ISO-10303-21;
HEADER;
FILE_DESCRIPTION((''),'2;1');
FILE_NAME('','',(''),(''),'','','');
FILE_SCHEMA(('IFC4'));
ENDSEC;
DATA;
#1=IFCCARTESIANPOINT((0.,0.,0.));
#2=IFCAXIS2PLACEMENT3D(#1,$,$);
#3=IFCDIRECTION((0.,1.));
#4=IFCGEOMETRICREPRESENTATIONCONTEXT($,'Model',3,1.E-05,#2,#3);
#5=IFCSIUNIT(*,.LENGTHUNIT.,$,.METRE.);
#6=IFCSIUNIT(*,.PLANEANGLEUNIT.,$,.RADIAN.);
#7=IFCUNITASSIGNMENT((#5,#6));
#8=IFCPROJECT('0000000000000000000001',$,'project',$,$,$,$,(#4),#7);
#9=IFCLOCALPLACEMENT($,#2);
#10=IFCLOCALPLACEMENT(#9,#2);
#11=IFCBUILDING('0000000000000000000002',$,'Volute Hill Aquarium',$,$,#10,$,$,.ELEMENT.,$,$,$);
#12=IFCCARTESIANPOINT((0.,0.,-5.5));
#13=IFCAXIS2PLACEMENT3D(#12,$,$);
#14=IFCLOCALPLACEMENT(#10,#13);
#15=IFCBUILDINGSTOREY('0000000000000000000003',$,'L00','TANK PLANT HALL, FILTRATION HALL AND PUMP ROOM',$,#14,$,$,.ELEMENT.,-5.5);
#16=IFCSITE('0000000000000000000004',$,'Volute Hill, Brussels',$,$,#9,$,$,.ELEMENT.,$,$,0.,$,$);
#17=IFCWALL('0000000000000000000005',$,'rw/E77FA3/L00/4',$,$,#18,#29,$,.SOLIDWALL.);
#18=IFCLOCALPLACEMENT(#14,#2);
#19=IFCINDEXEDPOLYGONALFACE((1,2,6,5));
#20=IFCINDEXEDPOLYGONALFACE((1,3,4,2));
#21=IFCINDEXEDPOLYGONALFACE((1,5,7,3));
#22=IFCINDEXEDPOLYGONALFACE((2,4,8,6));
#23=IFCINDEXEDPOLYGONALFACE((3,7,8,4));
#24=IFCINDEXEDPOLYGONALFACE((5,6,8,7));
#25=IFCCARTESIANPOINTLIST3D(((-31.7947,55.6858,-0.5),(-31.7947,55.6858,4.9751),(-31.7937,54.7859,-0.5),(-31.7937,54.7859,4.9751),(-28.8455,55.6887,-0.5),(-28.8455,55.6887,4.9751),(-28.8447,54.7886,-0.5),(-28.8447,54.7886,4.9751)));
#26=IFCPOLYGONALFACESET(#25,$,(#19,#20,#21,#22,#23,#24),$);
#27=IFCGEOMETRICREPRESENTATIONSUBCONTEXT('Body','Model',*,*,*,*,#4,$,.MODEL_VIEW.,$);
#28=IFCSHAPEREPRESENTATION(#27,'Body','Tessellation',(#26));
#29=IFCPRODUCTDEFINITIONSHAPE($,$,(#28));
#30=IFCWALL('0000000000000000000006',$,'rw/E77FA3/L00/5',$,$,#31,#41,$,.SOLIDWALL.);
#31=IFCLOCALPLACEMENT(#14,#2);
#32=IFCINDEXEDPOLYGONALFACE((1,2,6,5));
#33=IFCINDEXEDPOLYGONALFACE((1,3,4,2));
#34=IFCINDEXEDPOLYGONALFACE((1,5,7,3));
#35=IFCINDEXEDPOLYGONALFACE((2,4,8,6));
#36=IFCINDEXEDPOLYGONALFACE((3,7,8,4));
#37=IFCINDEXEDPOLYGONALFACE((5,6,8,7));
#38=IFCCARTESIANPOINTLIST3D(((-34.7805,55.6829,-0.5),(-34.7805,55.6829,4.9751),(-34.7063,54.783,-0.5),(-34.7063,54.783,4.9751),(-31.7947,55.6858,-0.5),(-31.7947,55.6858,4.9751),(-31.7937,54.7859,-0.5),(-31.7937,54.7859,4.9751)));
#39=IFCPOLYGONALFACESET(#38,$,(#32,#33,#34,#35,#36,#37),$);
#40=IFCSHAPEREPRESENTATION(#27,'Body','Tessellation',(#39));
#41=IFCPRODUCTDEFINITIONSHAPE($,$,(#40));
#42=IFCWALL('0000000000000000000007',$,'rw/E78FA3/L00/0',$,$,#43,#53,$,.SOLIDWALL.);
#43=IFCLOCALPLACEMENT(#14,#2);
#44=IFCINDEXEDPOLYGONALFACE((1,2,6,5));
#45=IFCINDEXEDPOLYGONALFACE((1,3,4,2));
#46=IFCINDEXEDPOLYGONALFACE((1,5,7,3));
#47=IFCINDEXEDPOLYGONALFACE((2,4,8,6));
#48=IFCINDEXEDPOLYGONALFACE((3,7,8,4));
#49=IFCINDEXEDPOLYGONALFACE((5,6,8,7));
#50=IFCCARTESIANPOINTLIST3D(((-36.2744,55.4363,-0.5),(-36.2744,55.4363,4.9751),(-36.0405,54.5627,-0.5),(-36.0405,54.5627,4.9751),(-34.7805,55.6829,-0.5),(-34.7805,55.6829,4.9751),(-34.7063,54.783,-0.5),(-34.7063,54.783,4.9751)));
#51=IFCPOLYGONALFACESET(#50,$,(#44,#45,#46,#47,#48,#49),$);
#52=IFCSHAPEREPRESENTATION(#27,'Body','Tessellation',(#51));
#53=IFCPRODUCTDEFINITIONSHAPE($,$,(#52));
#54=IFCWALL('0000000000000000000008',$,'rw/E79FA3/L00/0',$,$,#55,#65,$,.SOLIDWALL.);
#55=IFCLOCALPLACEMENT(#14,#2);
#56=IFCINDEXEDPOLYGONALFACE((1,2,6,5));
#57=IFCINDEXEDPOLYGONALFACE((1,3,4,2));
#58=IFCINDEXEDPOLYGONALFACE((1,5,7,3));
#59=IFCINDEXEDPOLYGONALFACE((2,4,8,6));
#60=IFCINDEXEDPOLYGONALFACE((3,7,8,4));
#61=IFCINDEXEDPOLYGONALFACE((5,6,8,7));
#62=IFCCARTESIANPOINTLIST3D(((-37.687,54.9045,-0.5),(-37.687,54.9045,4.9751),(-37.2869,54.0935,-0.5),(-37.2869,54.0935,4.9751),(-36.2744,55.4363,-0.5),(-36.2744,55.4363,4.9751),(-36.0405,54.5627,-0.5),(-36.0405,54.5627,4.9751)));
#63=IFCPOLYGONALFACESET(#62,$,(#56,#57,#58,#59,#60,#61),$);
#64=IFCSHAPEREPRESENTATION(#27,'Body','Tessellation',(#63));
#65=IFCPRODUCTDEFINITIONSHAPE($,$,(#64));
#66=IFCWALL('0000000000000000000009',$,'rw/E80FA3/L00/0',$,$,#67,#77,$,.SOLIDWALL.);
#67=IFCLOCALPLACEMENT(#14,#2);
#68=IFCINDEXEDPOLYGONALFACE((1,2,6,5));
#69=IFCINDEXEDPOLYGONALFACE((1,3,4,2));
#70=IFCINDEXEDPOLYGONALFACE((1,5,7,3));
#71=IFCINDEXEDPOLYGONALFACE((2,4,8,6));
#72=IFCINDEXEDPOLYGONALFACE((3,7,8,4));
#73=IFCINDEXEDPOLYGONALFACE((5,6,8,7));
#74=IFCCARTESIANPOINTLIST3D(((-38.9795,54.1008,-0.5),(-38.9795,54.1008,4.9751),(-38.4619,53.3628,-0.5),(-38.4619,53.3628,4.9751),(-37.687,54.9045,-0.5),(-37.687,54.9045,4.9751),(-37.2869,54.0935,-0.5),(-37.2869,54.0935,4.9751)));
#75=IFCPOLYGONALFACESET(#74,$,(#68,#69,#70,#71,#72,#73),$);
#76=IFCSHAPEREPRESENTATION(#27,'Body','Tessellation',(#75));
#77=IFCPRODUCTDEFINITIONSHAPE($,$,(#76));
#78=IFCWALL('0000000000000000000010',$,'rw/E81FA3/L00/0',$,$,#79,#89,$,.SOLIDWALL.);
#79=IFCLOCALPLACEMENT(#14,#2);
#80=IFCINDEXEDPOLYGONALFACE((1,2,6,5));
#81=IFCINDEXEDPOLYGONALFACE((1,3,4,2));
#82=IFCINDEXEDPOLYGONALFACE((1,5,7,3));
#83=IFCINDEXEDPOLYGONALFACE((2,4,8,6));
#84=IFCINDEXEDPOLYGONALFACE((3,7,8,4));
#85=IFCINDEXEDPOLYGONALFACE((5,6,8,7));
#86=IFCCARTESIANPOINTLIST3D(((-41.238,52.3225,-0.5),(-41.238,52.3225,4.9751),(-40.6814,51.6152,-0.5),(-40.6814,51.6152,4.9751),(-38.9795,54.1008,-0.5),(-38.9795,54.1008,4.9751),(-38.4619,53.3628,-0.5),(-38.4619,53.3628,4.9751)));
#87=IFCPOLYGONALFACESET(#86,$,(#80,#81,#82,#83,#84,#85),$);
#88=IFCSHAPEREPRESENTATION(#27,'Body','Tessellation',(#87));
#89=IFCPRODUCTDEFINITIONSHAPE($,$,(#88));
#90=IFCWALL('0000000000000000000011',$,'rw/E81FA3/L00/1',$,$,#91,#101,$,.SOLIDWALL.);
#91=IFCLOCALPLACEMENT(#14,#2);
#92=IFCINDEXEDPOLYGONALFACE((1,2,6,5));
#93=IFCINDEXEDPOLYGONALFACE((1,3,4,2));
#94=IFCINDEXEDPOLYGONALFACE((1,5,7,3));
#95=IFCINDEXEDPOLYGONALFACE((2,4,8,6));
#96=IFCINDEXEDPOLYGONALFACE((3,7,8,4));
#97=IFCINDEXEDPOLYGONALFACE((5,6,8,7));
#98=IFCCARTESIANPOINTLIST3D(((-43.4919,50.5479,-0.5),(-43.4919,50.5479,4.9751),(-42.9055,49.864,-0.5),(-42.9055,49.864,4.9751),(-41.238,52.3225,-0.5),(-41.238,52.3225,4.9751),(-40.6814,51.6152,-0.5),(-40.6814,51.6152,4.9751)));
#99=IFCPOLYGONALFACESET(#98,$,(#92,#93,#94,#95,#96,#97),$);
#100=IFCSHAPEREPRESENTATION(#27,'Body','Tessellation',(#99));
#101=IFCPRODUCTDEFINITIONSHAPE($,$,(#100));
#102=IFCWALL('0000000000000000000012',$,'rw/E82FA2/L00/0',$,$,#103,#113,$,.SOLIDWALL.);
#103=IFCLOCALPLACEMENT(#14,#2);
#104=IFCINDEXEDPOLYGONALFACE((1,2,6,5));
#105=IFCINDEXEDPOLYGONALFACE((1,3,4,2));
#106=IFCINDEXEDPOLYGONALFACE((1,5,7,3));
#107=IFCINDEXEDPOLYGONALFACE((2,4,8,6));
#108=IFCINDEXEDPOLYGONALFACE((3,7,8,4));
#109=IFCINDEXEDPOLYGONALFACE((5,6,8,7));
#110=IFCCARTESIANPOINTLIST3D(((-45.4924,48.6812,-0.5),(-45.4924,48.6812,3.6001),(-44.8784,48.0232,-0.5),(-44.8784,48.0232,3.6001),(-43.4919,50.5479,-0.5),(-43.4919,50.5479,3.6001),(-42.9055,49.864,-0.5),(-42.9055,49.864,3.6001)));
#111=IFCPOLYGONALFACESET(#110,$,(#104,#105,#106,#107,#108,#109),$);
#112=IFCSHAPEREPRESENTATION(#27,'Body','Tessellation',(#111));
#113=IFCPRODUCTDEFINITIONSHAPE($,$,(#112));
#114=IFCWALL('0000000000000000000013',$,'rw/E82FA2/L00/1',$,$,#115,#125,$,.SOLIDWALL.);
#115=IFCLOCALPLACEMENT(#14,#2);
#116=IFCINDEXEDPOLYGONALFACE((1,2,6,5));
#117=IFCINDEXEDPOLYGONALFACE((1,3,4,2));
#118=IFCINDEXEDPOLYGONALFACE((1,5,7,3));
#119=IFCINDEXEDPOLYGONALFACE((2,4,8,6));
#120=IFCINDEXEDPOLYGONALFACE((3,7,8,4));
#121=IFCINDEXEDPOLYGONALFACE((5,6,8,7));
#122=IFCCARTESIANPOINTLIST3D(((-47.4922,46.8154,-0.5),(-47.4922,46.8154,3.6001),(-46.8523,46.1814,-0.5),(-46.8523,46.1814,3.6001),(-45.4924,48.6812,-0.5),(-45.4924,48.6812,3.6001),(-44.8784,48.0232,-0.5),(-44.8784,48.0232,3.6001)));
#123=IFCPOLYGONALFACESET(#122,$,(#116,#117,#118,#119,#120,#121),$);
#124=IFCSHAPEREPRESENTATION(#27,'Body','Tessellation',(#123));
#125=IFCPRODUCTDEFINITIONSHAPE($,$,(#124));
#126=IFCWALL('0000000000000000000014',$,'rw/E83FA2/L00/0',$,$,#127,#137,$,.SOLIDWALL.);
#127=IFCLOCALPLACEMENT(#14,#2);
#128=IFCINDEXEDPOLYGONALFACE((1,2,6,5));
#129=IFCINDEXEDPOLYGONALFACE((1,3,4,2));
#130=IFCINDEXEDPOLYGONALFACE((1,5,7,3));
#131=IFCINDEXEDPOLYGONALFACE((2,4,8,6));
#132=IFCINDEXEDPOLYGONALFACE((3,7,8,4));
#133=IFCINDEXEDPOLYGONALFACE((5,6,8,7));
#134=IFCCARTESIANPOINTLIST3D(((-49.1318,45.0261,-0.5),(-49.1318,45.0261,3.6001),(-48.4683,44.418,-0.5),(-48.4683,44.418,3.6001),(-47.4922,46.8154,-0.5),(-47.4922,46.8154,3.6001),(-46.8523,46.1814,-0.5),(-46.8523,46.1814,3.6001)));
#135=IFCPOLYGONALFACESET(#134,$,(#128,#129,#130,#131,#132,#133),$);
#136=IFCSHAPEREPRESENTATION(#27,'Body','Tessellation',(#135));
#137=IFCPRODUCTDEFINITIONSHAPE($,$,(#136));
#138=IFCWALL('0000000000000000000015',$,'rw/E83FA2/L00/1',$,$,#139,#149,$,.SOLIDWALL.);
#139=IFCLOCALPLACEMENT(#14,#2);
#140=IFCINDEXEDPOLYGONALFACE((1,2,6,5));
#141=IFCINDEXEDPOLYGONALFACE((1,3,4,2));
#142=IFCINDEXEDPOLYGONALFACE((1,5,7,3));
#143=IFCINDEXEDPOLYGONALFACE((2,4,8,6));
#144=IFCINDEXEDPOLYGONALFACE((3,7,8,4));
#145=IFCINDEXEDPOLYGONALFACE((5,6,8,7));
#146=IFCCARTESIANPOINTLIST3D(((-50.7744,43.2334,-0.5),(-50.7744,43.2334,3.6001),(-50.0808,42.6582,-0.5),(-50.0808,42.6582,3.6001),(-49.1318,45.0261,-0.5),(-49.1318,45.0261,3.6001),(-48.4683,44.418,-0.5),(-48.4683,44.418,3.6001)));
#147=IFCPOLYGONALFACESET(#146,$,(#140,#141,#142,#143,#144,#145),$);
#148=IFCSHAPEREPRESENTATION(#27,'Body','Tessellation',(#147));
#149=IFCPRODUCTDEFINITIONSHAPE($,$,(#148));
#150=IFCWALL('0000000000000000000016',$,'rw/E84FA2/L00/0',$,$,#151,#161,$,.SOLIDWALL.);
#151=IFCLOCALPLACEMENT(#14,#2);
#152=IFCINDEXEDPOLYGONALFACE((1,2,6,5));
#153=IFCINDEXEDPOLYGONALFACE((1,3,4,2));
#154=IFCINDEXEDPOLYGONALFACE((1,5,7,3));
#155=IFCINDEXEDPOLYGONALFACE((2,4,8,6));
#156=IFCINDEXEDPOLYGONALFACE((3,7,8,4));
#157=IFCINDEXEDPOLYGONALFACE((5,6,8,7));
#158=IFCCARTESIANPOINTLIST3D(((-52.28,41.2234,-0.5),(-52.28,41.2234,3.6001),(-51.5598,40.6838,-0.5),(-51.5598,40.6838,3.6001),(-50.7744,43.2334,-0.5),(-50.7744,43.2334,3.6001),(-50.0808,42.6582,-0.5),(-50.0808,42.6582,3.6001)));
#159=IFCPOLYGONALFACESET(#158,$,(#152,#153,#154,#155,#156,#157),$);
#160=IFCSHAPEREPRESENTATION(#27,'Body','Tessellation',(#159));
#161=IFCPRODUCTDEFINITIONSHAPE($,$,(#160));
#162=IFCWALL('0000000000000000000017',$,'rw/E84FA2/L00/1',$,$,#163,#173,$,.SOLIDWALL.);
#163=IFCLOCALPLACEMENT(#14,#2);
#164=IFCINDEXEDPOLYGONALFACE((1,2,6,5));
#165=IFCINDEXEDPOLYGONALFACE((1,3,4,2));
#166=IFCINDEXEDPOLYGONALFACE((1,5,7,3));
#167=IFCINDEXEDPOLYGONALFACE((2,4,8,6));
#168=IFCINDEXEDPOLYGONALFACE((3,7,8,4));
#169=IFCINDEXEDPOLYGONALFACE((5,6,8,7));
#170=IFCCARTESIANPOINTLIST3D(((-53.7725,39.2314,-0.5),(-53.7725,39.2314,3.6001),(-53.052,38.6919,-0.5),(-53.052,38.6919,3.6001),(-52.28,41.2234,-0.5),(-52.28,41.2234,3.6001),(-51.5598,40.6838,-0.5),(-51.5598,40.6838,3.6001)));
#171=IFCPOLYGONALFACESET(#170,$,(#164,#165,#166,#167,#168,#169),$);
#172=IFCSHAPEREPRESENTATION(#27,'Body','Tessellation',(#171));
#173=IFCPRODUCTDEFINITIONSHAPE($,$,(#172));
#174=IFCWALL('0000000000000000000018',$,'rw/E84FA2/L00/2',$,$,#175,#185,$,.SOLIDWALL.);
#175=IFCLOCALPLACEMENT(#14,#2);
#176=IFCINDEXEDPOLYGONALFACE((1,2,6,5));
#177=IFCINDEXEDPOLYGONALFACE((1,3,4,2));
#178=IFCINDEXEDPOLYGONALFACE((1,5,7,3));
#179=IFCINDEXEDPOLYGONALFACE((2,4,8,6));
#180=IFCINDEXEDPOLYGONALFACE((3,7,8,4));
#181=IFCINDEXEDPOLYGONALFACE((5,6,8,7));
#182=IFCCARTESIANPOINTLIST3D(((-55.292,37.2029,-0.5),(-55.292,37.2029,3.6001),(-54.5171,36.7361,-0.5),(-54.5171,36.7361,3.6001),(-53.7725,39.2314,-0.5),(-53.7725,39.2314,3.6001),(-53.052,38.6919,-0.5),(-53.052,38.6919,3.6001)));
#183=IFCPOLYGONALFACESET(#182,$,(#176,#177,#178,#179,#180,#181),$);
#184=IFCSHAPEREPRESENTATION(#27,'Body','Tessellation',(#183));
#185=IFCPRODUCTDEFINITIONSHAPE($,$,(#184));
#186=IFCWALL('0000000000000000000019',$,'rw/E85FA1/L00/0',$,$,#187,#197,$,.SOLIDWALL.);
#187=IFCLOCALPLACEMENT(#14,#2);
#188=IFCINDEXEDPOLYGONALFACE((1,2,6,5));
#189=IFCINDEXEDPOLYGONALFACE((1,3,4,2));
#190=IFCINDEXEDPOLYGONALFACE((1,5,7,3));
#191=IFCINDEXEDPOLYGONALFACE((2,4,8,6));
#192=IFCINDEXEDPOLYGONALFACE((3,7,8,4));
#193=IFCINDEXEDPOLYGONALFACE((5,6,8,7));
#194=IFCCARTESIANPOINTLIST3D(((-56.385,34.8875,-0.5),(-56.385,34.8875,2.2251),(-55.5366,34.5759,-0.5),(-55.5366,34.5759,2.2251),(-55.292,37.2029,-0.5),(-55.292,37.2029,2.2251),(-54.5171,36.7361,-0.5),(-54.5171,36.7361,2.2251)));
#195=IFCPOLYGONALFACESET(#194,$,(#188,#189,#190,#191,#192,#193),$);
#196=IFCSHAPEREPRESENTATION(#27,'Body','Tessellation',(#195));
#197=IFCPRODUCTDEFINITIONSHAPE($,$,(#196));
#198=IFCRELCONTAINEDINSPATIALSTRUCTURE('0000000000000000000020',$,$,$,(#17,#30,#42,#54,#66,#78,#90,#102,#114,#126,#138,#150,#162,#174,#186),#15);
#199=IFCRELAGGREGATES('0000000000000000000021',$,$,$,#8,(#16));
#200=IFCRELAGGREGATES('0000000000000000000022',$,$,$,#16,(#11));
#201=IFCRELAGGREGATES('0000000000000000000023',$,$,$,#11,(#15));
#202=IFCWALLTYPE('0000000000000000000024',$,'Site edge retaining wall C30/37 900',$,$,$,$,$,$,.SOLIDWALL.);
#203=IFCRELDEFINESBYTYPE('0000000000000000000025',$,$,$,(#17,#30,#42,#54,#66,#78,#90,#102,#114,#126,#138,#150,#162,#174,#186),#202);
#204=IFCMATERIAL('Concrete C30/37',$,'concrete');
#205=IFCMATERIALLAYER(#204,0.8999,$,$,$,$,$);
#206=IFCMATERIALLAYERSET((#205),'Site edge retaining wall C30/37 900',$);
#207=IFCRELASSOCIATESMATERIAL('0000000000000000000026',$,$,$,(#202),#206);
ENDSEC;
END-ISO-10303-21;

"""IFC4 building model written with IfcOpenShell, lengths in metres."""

from ifc_helpers import new_model, si_unit, direction, frame, origin, place, context, subcontext, project, spatial, polyline, outline, extrude, material, layer, layer_set, type_object, element, save


model = new_model("IFC4")

# Units and contexts
model_context = context("Model", 3, precision=1e-05, world=origin(), true_north=direction((0.0, 1.0)))
body_context = subcontext(model_context, "Body", "Model", "MODEL_VIEW")
ifc_project = project(units=[si_unit("LENGTHUNIT", "METRE"), si_unit("PLANEANGLEUNIT", "RADIAN")], contexts=[model_context])

# Site, building, storey
site_placement = place(None, origin())
site = spatial("IfcSite", under=ifc_project, at=site_placement, Name="Volute Hill, Brussels", CompositionType="ELEMENT", RefElevation=0.0)
building_placement = place(site_placement, origin())
building = spatial("IfcBuilding", under=site, at=building_placement, Name="Volute Hill Aquarium", CompositionType="ELEMENT")
storey_placement = place(building_placement, frame((0.0, 0.0, -5.5)))
storey = spatial("IfcBuildingStorey", under=building, at=storey_placement, Name="L00", Description="TANK PLANT HALL, FILTRATION HALL AND PUMP ROOM", CompositionType="ELEMENT", Elevation=-5.5)

# Walls
ifc_material_1 = material(Name="Concrete C30/37", Category="concrete")
ifc_layer = layer(ifc_material_1, 0.8999)
ifc_layer_set = layer_set([ifc_layer], Name="Site edge retaining wall C30/37 900")
wall_type = type_object("IfcWallType", Name="Site edge retaining wall C30/37 900", PredefinedType="SOLIDWALL", material=ifc_layer_set)
wall_1_placement = place(storey_placement, frame((0.0, 0.0, -0.5)))
element("IfcWall", 1, at=wall_1_placement, inside=storey, type_object=wall_type, Name="rw/E77FA3/L00/4", PredefinedType="SOLIDWALL", context=body_context, shape_type="SweptSolid", body=[
    extrude(outline(polyline([(-28.8455, 55.6887), (-31.7947, 55.6858), (-31.7937, 54.7859), (-28.8447, 54.7886), (-28.8455, 55.6887)])), origin(), (0.0, 0.0, 1.0), 5.4751),
])
wall_2_placement = place(storey_placement, frame((0.0, 0.0, -0.5)))
element("IfcWall", 2, at=wall_2_placement, inside=storey, type_object=wall_type, Name="rw/E77FA3/L00/5", PredefinedType="SOLIDWALL", context=body_context, shape_type="SweptSolid", body=[
    extrude(outline(polyline([(-34.7805, 55.6829), (-34.7805, 55.6829), (-34.7063, 54.783), (-34.7063, 54.783), (-31.7937, 54.7859), (-31.7947, 55.6858), (-34.7805, 55.6829)])), origin(), (0.0, 0.0, 1.0), 5.4751),
])
wall_3_placement = place(storey_placement, frame((0.0, 0.0, -0.5)))
element("IfcWall", 3, at=wall_3_placement, inside=storey, type_object=wall_type, Name="rw/E78FA3/L00/0", PredefinedType="SOLIDWALL", context=body_context, shape_type="SweptSolid", body=[
    extrude(outline(polyline([(-34.7805, 55.6829), (-36.2744, 55.4363), (-36.0405, 54.5627), (-36.0405, 54.5627), (-34.7063, 54.783), (-34.7805, 55.6829)])), origin(), (0.0, 0.0, 1.0), 5.4751),
])
wall_4_placement = place(storey_placement, frame((0.0, 0.0, -0.5)))
element("IfcWall", 4, at=wall_4_placement, inside=storey, type_object=wall_type, Name="rw/E79FA3/L00/0", PredefinedType="SOLIDWALL", context=body_context, shape_type="SweptSolid", body=[
    extrude(outline(polyline([(-36.2744, 55.4363), (-37.687, 54.9045), (-37.2869, 54.0935), (-36.0405, 54.5627), (-36.2744, 55.4363), (-36.2744, 55.4363)])), origin(), (0.0, 0.0, 1.0), 5.4751),
])
wall_5_placement = place(storey_placement, frame((0.0, 0.0, -0.5)))
element("IfcWall", 5, at=wall_5_placement, inside=storey, type_object=wall_type, Name="rw/E80FA3/L00/0", PredefinedType="SOLIDWALL", context=body_context, shape_type="SweptSolid", body=[
    extrude(outline(polyline([(-37.687, 54.9045), (-38.9795, 54.1008), (-38.4619, 53.3628), (-38.4619, 53.3628), (-37.2869, 54.0935), (-37.2869, 54.0935), (-37.687, 54.9045)])), origin(), (0.0, 0.0, 1.0), 5.4751),
])
wall_6_placement = place(storey_placement, frame((0.0, 0.0, -0.5)))
element("IfcWall", 6, at=wall_6_placement, inside=storey, type_object=wall_type, Name="rw/E81FA3/L00/0", PredefinedType="SOLIDWALL", context=body_context, shape_type="SweptSolid", body=[
    extrude(outline(polyline([(-38.9795, 54.1008), (-41.238, 52.3225), (-40.6814, 51.6152), (-38.4619, 53.3628), (-38.9795, 54.1008)])), origin(), (0.0, 0.0, 1.0), 5.4751),
])
wall_7_placement = place(storey_placement, frame((0.0, 0.0, -0.5)))
element("IfcWall", 7, at=wall_7_placement, inside=storey, type_object=wall_type, Name="rw/E81FA3/L00/1", PredefinedType="SOLIDWALL", context=body_context, shape_type="SweptSolid", body=[
    extrude(outline(polyline([(-41.238, 52.3225), (-43.4919, 50.5479), (-42.9055, 49.864), (-40.6814, 51.6152), (-41.238, 52.3225)])), origin(), (0.0, 0.0, 1.0), 5.4751),
])
wall_8_placement = place(storey_placement, frame((0.0, 0.0, -0.5)))
element("IfcWall", 8, at=wall_8_placement, inside=storey, type_object=wall_type, Name="rw/E82FA2/L00/0", PredefinedType="SOLIDWALL", context=body_context, shape_type="SweptSolid", body=[
    extrude(outline(polyline([(-43.4919, 50.5479), (-45.4924, 48.6812), (-44.8784, 48.0232), (-42.9055, 49.864), (-42.9055, 49.864), (-43.4919, 50.5479), (-43.4919, 50.5479)])), origin(), (0.0, 0.0, 1.0), 4.1001),
])
wall_9_placement = place(storey_placement, frame((0.0, 0.0, -0.5)))
element("IfcWall", 9, at=wall_9_placement, inside=storey, type_object=wall_type, Name="rw/E82FA2/L00/1", PredefinedType="SOLIDWALL", context=body_context, shape_type="SweptSolid", body=[
    extrude(outline(polyline([(-47.4922, 46.8154), (-47.4922, 46.8154), (-46.8523, 46.1814), (-46.8523, 46.1814), (-44.8784, 48.0232), (-45.4924, 48.6812), (-47.4922, 46.8154)])), origin(), (0.0, 0.0, 1.0), 4.1001),
])
wall_10_placement = place(storey_placement, frame((0.0, 0.0, -0.5)))
element("IfcWall", 10, at=wall_10_placement, inside=storey, type_object=wall_type, Name="rw/E83FA2/L00/0", PredefinedType="SOLIDWALL", context=body_context, shape_type="SweptSolid", body=[
    extrude(outline(polyline([(-47.4922, 46.8154), (-49.1318, 45.0261), (-48.4683, 44.418), (-46.8523, 46.1814), (-47.4922, 46.8154)])), origin(), (0.0, 0.0, 1.0), 4.1001),
])
wall_11_placement = place(storey_placement, frame((0.0, 0.0, -0.5)))
element("IfcWall", 11, at=wall_11_placement, inside=storey, type_object=wall_type, Name="rw/E83FA2/L00/1", PredefinedType="SOLIDWALL", context=body_context, shape_type="SweptSolid", body=[
    extrude(outline(polyline([(-50.7744, 43.2334), (-50.7744, 43.2334), (-50.0808, 42.6582), (-48.4683, 44.418), (-49.1318, 45.0261), (-50.7744, 43.2334)])), origin(), (0.0, 0.0, 1.0), 4.1001),
])
wall_12_placement = place(storey_placement, frame((0.0, 0.0, -0.5)))
element("IfcWall", 12, at=wall_12_placement, inside=storey, type_object=wall_type, Name="rw/E84FA2/L00/0", PredefinedType="SOLIDWALL", context=body_context, shape_type="SweptSolid", body=[
    extrude(outline(polyline([(-50.7744, 43.2334), (-52.28, 41.2234), (-51.5598, 40.6838), (-50.0808, 42.6582), (-50.0808, 42.6582), (-50.7744, 43.2334)])), origin(), (0.0, 0.0, 1.0), 4.1001),
])
wall_13_placement = place(storey_placement, frame((0.0, 0.0, -0.5)))
element("IfcWall", 13, at=wall_13_placement, inside=storey, type_object=wall_type, Name="rw/E84FA2/L00/1", PredefinedType="SOLIDWALL", context=body_context, shape_type="SweptSolid", body=[
    extrude(outline(polyline([(-52.28, 41.2234), (-53.7725, 39.2314), (-53.052, 38.6919), (-51.5598, 40.6838), (-52.28, 41.2234)])), origin(), (0.0, 0.0, 1.0), 4.1001),
])
wall_14_placement = place(storey_placement, frame((0.0, 0.0, -0.5)))
element("IfcWall", 14, at=wall_14_placement, inside=storey, type_object=wall_type, Name="rw/E84FA2/L00/2", PredefinedType="SOLIDWALL", context=body_context, shape_type="SweptSolid", body=[
    extrude(outline(polyline([(-53.7725, 39.2314), (-55.292, 37.2029), (-54.5171, 36.7361), (-54.5171, 36.7361), (-53.052, 38.6919), (-53.7725, 39.2314)])), origin(), (0.0, 0.0, 1.0), 4.1001),
])
wall_15_placement = place(storey_placement, frame((0.0, 0.0, -0.5)))
element("IfcWall", 15, at=wall_15_placement, inside=storey, type_object=wall_type, Name="rw/E85FA1/L00/0", PredefinedType="SOLIDWALL", context=body_context, shape_type="SweptSolid", body=[
    extrude(outline(polyline([(-56.385, 34.8875), (-56.385, 34.8875), (-55.5366, 34.5759), (-55.5366, 34.5759), (-54.5171, 36.7361), (-55.292, 37.2029), (-55.292, 37.2029), (-56.385, 34.8875)])), origin(), (0.0, 0.0, 1.0), 2.7251),
])

save(model, "model.ifc")
